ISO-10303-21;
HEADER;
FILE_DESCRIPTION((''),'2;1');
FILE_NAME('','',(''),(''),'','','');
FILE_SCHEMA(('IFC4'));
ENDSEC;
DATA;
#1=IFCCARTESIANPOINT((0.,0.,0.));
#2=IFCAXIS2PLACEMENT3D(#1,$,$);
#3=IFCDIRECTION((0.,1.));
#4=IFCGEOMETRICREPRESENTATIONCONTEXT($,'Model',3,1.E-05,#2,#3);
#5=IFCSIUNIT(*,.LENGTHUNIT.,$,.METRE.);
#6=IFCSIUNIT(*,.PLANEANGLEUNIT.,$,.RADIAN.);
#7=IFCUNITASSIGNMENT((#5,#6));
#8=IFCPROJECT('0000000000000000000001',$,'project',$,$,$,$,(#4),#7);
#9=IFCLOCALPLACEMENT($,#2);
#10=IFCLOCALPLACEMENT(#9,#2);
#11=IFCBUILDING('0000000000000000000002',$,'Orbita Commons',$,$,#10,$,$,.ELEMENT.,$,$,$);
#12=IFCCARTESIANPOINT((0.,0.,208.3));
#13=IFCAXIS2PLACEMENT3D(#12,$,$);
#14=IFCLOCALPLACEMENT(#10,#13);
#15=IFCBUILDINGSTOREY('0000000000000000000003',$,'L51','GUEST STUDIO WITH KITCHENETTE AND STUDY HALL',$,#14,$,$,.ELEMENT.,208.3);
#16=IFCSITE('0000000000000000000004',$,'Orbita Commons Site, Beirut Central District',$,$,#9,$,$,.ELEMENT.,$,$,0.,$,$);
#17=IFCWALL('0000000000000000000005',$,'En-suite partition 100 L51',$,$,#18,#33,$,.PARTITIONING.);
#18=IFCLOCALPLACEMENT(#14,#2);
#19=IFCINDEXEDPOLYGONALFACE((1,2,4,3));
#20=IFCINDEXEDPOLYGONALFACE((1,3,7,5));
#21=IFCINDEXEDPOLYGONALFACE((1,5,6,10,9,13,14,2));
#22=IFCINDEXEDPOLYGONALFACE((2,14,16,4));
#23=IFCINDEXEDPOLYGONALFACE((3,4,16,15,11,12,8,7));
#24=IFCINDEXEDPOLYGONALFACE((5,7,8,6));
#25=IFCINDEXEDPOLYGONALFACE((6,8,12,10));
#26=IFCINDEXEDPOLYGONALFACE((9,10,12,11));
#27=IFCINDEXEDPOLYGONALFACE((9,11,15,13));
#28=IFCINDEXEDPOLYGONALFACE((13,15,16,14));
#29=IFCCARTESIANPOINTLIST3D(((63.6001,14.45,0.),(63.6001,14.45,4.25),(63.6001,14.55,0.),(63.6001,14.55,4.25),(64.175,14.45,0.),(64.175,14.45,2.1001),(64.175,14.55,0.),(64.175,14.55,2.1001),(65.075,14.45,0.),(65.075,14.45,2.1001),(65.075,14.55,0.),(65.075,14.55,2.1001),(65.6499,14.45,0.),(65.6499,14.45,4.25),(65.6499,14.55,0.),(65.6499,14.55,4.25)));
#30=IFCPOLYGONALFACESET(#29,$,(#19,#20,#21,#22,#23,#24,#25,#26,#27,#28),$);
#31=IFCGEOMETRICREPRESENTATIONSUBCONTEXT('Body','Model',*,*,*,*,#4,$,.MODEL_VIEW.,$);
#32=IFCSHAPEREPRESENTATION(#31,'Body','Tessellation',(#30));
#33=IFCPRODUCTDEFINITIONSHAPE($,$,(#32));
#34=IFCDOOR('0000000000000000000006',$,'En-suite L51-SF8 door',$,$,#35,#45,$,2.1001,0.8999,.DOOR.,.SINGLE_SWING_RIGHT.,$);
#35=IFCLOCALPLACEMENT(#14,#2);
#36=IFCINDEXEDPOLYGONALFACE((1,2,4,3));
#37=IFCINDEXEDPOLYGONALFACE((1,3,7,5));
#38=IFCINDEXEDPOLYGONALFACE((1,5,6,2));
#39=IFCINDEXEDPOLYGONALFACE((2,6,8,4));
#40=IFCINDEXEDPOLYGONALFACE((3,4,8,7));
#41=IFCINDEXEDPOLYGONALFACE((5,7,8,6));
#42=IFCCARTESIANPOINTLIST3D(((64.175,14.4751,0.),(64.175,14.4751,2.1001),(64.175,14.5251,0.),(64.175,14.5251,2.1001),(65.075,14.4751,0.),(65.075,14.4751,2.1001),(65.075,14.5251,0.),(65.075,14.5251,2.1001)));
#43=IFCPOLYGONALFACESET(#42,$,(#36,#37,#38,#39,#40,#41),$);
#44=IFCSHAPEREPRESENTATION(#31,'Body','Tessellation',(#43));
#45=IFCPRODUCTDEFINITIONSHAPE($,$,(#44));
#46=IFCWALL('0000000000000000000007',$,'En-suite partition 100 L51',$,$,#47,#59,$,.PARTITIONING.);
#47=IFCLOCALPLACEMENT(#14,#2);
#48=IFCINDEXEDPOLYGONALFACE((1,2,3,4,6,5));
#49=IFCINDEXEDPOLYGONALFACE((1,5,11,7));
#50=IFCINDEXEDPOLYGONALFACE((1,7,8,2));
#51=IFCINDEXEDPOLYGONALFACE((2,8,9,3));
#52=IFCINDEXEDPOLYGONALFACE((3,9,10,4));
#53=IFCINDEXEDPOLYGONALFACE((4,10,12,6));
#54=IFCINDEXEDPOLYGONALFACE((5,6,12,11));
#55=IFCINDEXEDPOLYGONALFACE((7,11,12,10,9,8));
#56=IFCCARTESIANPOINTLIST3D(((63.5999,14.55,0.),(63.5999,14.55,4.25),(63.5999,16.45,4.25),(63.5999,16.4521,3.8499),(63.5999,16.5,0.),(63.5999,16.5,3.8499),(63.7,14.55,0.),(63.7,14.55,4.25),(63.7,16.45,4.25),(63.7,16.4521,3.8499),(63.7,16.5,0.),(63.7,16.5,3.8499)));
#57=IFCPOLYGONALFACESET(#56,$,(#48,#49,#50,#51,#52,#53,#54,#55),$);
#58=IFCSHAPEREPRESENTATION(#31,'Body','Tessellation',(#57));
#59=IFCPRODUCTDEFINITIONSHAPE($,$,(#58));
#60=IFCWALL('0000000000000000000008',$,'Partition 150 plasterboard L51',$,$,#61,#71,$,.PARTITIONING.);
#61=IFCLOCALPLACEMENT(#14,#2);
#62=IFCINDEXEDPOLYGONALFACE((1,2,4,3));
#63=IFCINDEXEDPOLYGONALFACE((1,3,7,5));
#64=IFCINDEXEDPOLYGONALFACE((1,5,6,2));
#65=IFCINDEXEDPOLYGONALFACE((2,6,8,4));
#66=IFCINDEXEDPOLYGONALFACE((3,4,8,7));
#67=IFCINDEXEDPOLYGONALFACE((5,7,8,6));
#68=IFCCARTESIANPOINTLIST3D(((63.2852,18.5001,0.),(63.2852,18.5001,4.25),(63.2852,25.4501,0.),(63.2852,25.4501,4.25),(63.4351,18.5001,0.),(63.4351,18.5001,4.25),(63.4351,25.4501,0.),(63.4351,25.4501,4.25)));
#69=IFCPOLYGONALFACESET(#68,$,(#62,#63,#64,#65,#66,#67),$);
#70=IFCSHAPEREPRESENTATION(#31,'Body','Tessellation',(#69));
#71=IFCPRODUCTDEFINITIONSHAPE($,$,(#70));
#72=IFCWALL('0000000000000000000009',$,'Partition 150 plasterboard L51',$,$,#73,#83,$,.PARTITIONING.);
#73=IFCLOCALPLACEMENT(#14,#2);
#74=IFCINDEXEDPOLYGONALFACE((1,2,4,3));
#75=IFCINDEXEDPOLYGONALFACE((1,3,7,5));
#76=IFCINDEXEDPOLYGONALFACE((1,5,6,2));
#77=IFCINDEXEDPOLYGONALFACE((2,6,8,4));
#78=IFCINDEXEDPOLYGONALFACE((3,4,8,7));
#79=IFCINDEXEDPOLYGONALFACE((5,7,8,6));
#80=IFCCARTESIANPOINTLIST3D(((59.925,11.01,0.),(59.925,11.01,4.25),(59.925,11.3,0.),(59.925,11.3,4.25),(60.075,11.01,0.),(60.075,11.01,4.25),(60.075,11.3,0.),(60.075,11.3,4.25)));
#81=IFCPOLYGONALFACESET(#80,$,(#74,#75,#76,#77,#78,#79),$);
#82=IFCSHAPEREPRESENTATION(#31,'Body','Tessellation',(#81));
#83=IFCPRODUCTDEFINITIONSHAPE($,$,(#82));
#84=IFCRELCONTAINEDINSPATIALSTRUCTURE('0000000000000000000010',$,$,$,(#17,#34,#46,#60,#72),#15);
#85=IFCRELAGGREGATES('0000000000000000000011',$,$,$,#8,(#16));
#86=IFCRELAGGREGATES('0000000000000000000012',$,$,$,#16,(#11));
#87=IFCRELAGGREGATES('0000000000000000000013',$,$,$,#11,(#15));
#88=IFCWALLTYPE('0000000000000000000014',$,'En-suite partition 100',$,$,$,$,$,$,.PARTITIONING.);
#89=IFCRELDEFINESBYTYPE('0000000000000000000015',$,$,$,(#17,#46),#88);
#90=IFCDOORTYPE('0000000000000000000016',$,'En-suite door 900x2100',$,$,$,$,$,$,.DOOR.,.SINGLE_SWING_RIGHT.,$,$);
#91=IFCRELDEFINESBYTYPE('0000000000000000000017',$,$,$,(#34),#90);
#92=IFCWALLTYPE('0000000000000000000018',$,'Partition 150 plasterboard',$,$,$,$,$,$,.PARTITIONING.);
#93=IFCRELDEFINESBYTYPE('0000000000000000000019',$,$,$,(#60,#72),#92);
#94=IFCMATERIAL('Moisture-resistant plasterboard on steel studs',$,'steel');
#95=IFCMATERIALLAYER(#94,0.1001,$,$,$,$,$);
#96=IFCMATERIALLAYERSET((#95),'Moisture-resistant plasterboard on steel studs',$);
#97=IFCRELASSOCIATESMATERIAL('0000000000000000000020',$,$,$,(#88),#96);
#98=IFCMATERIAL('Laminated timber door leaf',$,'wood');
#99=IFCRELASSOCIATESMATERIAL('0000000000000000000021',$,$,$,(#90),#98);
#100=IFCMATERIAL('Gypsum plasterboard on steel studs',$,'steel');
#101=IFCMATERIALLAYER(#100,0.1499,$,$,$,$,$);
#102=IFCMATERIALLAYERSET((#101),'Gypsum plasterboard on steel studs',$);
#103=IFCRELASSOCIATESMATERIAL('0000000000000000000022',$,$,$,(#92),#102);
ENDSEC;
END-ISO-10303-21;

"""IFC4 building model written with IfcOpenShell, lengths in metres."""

from ifc_helpers import new_model, si_unit, direction, frame, frame_2d, origin, place, context, subcontext, project, spatial, polyline, rectangle, outline, extrude, material, layer, layer_set, type_object, element, fill, save


model = new_model("IFC4")

# Units and contexts
model_context = context("Model", 3, precision=1e-05, world=origin(), true_north=direction((0.0, 1.0)))
body_context = subcontext(model_context, "Body", "Model", "MODEL_VIEW")
ifc_project = project(units=[si_unit("LENGTHUNIT", "METRE"), si_unit("PLANEANGLEUNIT", "RADIAN")], contexts=[model_context])

# Site, building, storey
site_placement = place(None, origin())
site = spatial("IfcSite", under=ifc_project, at=site_placement, Name="Orbita Commons Site, Beirut Central District", CompositionType="ELEMENT", RefElevation=0.0)
building_placement = place(site_placement, origin())
building = spatial("IfcBuilding", under=site, at=building_placement, Name="Orbita Commons", CompositionType="ELEMENT")
storey_placement = place(building_placement, frame((0.0, 0.0, 208.3)))
storey = spatial("IfcBuildingStorey", under=building, at=storey_placement, Name="L51", Description="GUEST STUDIO WITH KITCHENETTE AND STUDY HALL", CompositionType="ELEMENT", Elevation=208.3)

# Wall, opening, door
ifc_material_1 = material(Name="Moisture-resistant plasterboard on steel studs", Category="steel")
ifc_layer_1 = layer(ifc_material_1, 0.1001)
ifc_layer_set_1 = layer_set([ifc_layer_1], Name="Moisture-resistant plasterboard on steel studs")
wall_type_1 = type_object("IfcWallType", Name="En-suite partition 100", PredefinedType="PARTITIONING", material=ifc_layer_set_1)
wall_1_placement = place(storey_placement, frame((65.6499, 14.5, 0.0), z_axis=(0.0, 0.0, 1.0), x_axis=(-1.0, 0.0, 0.0)))
wall_1 = element("IfcWall", 1, at=wall_1_placement, inside=storey, type_object=wall_type_1, Name="En-suite partition 100 L51", PredefinedType="PARTITIONING", context=body_context, shape_type="SweptSolid", body=[
    extrude(rectangle(XDim=2.0498, YDim=0.1001, at=frame_2d((1.0249, 0.0))), origin(), (0.0, 0.0, 1.0), 4.25),
])
opening_1_placement = place(wall_1_placement, frame((0.575, 0.0, 0.0)))
opening_1 = element("IfcOpeningElement", 2, at=opening_1_placement, cuts=wall_1, PredefinedType="OPENING", context=body_context, shape_type="SweptSolid", body=[
    extrude(rectangle(XDim=0.8999, YDim=2.1001, at=frame_2d((0.45, 1.05))), frame((0.0, 0.0601, 0.0), z_axis=(0.0, -1.0, 0.0), x_axis=(1.0, 0.0, 0.0)), (0.0, 0.0, 1.0), 0.1201),
])
ifc_material_2 = material(Name="Laminated timber door leaf", Category="wood")
door_type_1 = type_object("IfcDoorType", Name="En-suite door 900x2100", OperationType="SINGLE_SWING_RIGHT", PredefinedType="DOOR", material=ifc_material_2)
door_1_placement = place(opening_1_placement, origin())
door_1 = element("IfcDoor", 3, at=door_1_placement, inside=storey, type_object=door_type_1, Name="En-suite L51-SF8 door", OperationType="SINGLE_SWING_RIGHT", OverallHeight=2.1001, OverallWidth=0.8999, PredefinedType="DOOR", context=body_context, shape_type="SweptSolid", body=[
    extrude(rectangle(XDim=0.8999, YDim=2.1001, at=frame_2d((0.45, 1.05))), frame((0.0, 0.0249, 0.0), z_axis=(0.0, -1.0, 0.0), x_axis=(1.0, 0.0, 0.0)), (0.0, 0.0, 1.0), 0.05),
])
fill(opening_1, door_1)

# Walls
wall_2_placement = place(storey_placement, frame((63.6499, 14.55, 0.0), z_axis=(0.0, 0.0, 1.0), x_axis=(0.0, 1.0, 0.0)))
element("IfcWall", 4, at=wall_2_placement, inside=storey, type_object=wall_type_1, Name="En-suite partition 100 L51", PredefinedType="PARTITIONING", context=body_context, shape_type="SweptSolid", body=[
    extrude(outline(polyline([(0.0, 0.0), (1.95, 0.0), (1.95, 3.8499), (1.9021, 3.8499), (1.8999, 4.25), (0.0, 4.25), (0.0, 0.0)])), frame((0.0, 0.05, 0.0), z_axis=(0.0, -1.0, 0.0), x_axis=(1.0, 0.0, 0.0)), (0.0, 0.0, 1.0), 0.1001),
])
ifc_material_3 = material(Name="Gypsum plasterboard on steel studs", Category="steel")
ifc_layer_2 = layer(ifc_material_3, 0.1499)
ifc_layer_set_2 = layer_set([ifc_layer_2], Name="Gypsum plasterboard on steel studs")
wall_type_2 = type_object("IfcWallType", Name="Partition 150 plasterboard", PredefinedType="PARTITIONING", material=ifc_layer_set_2)
wall_3_placement = place(storey_placement, frame((63.3601, 18.5, 0.0), z_axis=(0.0, 0.0, 1.0), x_axis=(0.0, 1.0, 0.0)))
element("IfcWall", 5, at=wall_3_placement, inside=storey, type_object=wall_type_2, Name="Partition 150 plasterboard L51", PredefinedType="PARTITIONING", context=body_context, shape_type="SweptSolid", body=[
    extrude(rectangle(XDim=6.95, YDim=0.1499, at=frame_2d((3.4751, 0.0))), origin(), (0.0, 0.0, 1.0), 4.25),
])
wall_4_placement = place(storey_placement, frame((60.0, 11.3, 0.0), z_axis=(0.0, 0.0, 1.0), x_axis=(0.0, -1.0, 0.0)))
element("IfcWall", 6, at=wall_4_placement, inside=storey, type_object=wall_type_2, Name="Partition 150 plasterboard L51", PredefinedType="PARTITIONING", context=body_context, shape_type="SweptSolid", body=[
    extrude(rectangle(XDim=0.29, YDim=0.1499, at=frame_2d((0.145, 0.0))), origin(), (0.0, 0.0, 1.0), 4.25),
])

save(model, "model.ifc")
